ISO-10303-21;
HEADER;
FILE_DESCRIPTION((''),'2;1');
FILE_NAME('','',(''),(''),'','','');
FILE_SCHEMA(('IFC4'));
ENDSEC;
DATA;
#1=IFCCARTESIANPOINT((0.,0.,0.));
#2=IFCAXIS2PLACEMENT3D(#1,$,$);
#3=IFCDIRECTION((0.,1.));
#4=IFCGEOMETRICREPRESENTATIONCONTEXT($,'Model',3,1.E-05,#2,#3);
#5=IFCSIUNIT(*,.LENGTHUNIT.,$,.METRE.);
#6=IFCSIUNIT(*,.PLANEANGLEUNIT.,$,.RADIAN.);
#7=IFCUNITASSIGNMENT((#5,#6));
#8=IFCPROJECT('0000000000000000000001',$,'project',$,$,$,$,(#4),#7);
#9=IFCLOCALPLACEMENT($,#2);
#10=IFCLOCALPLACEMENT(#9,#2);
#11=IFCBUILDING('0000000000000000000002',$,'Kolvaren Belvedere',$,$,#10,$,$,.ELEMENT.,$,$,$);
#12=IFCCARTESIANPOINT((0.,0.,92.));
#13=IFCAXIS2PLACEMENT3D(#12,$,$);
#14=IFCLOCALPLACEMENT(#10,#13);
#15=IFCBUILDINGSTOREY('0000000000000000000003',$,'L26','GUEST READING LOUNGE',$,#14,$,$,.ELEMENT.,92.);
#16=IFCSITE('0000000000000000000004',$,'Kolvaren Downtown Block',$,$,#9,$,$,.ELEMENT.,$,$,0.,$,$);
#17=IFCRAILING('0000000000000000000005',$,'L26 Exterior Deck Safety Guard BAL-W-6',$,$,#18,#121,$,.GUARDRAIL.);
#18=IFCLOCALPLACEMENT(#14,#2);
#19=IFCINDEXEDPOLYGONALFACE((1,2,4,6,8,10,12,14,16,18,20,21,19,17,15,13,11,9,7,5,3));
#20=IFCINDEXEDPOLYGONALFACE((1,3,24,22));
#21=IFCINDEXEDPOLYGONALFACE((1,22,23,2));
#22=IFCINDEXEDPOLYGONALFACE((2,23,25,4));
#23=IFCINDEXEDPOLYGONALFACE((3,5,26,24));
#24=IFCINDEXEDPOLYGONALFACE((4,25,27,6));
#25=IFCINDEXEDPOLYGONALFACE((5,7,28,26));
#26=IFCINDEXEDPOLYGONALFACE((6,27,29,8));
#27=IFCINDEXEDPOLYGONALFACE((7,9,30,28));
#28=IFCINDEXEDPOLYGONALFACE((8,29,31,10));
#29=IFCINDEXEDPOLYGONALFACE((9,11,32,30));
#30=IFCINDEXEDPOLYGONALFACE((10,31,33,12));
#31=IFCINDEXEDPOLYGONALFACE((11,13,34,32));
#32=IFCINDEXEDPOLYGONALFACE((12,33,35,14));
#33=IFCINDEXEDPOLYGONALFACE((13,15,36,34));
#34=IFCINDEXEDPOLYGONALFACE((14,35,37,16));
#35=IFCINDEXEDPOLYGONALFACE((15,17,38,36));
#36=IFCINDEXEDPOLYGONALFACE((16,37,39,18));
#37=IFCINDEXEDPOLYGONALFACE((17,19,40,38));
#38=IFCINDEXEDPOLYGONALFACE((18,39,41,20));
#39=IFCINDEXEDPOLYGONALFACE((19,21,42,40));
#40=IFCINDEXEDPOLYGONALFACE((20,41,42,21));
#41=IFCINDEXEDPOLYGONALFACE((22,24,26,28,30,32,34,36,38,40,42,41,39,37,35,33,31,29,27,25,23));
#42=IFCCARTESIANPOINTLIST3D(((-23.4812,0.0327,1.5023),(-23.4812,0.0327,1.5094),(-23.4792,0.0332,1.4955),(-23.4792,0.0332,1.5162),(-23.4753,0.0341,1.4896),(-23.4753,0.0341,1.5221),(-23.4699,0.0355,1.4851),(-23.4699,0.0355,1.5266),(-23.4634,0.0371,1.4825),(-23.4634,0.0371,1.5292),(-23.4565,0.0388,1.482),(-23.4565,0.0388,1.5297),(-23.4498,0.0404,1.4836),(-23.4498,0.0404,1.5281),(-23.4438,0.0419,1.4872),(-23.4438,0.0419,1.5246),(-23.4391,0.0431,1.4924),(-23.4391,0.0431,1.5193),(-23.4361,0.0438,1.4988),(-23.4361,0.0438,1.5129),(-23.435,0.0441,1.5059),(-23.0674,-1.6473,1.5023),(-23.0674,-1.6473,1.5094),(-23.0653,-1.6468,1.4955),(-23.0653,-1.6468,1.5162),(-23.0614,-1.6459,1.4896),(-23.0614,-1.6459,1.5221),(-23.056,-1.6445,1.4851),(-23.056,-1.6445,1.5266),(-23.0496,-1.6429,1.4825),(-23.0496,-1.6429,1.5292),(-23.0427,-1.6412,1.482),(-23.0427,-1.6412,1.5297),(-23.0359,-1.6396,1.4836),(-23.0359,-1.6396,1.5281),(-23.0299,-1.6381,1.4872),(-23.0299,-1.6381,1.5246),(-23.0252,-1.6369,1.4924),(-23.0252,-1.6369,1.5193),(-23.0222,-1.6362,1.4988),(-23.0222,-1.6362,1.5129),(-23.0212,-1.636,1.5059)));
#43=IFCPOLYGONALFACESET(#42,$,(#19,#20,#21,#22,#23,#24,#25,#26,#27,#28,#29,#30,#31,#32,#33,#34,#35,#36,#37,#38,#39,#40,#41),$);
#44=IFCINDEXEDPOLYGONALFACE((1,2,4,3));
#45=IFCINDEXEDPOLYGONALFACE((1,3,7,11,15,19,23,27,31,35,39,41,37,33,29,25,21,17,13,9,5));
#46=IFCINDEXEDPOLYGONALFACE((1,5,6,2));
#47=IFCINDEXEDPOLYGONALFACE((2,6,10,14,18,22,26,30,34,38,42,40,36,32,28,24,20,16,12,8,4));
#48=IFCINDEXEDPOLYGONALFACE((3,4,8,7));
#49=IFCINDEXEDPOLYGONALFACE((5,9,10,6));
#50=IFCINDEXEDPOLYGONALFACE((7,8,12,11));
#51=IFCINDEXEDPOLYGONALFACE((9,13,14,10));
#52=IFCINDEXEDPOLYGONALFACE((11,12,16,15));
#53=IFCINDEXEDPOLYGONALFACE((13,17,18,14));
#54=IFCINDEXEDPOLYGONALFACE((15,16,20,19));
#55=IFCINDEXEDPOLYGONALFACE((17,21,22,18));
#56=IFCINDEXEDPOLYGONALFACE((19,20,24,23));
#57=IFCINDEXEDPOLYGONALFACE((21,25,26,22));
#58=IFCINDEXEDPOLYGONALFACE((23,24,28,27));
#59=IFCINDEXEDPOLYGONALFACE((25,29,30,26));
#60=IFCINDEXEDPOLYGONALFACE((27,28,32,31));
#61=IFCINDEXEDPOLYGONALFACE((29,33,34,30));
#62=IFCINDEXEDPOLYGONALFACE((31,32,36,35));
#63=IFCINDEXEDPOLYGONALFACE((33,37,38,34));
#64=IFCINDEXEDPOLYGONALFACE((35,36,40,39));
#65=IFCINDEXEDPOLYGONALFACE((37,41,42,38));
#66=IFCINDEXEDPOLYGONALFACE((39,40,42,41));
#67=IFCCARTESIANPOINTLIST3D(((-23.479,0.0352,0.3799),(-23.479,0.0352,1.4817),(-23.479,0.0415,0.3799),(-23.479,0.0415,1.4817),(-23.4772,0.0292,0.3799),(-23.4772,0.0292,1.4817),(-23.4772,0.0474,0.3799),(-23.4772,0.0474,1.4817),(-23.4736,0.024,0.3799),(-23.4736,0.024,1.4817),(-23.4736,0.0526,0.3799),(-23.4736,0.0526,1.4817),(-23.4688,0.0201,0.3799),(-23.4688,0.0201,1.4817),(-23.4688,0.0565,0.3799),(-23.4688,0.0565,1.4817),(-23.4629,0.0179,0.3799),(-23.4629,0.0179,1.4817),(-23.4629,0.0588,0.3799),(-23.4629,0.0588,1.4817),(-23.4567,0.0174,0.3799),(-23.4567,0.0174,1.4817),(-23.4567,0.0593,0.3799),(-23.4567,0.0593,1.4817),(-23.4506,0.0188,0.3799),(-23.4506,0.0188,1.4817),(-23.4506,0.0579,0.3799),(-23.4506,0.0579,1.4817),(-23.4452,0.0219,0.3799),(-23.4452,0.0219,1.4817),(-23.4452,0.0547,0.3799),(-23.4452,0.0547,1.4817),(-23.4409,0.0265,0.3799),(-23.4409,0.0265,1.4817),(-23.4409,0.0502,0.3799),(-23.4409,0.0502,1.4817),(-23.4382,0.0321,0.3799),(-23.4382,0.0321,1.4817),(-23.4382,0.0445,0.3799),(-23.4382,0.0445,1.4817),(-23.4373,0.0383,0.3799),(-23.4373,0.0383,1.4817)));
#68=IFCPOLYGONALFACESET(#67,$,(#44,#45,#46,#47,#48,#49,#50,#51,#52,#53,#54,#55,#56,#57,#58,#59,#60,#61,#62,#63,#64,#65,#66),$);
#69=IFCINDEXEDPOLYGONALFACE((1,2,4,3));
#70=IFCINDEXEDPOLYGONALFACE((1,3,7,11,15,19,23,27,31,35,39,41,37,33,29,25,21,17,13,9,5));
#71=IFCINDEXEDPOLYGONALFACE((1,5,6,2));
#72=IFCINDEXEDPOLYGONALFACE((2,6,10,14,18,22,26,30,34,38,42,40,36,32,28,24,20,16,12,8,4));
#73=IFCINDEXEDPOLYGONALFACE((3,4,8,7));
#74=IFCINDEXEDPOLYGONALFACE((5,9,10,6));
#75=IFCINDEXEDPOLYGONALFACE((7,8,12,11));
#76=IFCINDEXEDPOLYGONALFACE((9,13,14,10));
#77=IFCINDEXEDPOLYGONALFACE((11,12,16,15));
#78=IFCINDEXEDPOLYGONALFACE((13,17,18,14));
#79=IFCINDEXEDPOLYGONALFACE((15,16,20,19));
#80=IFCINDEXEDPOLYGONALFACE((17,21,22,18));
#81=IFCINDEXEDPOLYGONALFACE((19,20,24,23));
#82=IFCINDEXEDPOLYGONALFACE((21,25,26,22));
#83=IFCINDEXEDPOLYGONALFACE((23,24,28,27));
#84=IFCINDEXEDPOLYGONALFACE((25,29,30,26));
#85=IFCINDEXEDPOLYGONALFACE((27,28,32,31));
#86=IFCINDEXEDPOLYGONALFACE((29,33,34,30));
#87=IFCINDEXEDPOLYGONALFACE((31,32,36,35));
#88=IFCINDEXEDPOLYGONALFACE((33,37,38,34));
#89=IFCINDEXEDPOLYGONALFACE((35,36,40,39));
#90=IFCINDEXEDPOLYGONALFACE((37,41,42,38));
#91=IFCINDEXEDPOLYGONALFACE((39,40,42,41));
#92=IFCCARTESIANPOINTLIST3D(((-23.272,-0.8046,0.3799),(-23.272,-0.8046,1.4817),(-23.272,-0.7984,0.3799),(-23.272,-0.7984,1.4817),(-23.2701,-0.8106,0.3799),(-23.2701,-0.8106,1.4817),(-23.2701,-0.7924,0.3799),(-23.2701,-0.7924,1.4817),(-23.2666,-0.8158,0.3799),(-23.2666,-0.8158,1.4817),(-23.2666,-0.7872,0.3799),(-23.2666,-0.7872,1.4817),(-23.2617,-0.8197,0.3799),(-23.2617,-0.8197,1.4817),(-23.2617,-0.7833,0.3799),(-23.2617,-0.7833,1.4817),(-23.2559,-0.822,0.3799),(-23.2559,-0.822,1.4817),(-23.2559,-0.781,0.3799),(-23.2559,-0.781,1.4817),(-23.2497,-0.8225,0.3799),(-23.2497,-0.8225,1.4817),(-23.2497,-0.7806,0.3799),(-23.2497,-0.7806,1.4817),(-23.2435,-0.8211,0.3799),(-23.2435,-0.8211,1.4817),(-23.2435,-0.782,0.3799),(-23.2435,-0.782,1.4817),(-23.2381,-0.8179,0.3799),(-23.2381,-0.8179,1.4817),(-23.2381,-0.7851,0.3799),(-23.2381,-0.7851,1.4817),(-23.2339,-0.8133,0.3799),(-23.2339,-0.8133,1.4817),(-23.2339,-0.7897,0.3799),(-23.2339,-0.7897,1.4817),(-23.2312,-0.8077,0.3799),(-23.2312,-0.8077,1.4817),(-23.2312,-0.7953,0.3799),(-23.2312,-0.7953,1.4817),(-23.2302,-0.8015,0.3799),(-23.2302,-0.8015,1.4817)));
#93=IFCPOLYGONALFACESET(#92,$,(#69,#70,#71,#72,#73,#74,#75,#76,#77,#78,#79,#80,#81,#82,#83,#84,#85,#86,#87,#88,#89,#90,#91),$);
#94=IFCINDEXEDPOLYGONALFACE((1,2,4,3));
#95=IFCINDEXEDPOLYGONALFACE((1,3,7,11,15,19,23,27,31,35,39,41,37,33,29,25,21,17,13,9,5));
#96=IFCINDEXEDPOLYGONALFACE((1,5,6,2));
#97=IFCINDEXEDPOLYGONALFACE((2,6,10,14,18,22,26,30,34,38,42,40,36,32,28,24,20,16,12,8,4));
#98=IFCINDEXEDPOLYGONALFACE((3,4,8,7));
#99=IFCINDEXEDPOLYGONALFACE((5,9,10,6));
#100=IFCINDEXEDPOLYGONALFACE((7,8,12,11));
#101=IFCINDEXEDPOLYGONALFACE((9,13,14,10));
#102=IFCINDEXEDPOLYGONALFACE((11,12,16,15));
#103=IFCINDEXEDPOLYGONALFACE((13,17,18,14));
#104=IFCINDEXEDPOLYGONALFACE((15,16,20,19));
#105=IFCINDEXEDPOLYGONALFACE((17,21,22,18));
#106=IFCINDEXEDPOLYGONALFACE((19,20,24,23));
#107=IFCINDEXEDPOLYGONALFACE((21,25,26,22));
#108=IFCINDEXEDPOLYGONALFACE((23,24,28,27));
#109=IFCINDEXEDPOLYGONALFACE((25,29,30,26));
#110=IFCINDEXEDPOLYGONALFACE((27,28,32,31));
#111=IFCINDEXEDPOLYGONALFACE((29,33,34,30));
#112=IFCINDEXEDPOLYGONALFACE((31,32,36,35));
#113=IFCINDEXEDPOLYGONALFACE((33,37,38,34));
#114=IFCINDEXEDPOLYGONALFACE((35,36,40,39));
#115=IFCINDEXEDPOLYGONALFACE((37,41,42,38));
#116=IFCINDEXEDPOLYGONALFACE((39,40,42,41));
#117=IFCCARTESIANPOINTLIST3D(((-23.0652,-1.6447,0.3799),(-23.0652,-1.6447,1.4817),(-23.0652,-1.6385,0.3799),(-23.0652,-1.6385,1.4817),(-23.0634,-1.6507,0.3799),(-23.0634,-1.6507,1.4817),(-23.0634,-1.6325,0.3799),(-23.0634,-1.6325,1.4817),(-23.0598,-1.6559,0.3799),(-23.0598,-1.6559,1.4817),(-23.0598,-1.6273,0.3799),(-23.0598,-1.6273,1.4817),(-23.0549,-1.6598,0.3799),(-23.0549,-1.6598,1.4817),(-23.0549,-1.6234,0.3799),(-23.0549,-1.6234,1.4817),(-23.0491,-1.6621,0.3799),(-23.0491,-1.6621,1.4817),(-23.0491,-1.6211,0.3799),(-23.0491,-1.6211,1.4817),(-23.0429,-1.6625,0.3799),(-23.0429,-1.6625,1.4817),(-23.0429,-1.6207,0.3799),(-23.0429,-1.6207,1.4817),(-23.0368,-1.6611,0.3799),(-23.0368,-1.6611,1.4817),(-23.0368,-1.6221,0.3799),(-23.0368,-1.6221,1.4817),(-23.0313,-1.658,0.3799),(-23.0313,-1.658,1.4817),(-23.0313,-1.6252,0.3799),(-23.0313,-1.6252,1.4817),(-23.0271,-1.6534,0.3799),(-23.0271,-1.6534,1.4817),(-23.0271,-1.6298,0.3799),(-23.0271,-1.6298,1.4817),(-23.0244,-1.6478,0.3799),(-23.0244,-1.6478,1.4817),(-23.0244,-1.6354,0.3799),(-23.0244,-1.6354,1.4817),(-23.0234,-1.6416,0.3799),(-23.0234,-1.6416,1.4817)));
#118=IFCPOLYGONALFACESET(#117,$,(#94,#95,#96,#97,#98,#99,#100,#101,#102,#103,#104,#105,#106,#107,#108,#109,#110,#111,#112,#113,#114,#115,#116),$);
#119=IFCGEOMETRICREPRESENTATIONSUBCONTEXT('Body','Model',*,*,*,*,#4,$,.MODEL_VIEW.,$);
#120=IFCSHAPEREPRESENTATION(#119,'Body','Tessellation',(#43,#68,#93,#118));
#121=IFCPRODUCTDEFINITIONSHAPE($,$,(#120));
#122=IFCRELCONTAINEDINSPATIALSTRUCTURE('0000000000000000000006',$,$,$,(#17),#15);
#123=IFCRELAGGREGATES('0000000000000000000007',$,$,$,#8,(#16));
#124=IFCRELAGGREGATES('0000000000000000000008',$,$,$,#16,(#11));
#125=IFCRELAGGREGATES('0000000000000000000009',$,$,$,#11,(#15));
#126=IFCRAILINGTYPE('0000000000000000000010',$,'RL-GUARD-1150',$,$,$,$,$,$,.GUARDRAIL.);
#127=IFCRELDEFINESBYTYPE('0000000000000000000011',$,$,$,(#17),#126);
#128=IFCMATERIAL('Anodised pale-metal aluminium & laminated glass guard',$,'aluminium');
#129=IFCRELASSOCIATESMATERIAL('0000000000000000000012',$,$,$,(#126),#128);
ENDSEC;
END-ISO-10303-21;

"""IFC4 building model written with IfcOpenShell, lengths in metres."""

from ifc_helpers import new_model, si_unit, direction, frame, origin, origin_2d, place, context, subcontext, project, spatial, circle, extrude, material, type_object, element, save


model = new_model("IFC4")

# Units and contexts
model_context = context("Model", 3, precision=1e-05, world=origin(), true_north=direction((0.0, 1.0)))
body_context = subcontext(model_context, "Body", "Model", "MODEL_VIEW")
ifc_project = project(units=[si_unit("LENGTHUNIT", "METRE"), si_unit("PLANEANGLEUNIT", "RADIAN")], contexts=[model_context])

# Site, building, storey
site_placement = place(None, origin())
site = spatial("IfcSite", under=ifc_project, at=site_placement, Name="Kolvaren Downtown Block", CompositionType="ELEMENT", RefElevation=0.0)
building_placement = place(site_placement, origin())
building = spatial("IfcBuilding", under=site, at=building_placement, Name="Kolvaren Belvedere", CompositionType="ELEMENT")
storey_placement = place(building_placement, frame((0.0, 0.0, 92.0)))
storey = spatial("IfcBuildingStorey", under=building, at=storey_placement, Name="L26", Description="GUEST READING LOUNGE", CompositionType="ELEMENT", Elevation=92.0)

# Railing
ifc_material_1 = material(Name="Anodised pale-metal aluminium & laminated glass guard", Category="aluminium")
railing_type = type_object("IfcRailingType", Name="RL-GUARD-1150", PredefinedType="GUARDRAIL", material=ifc_material_1)
railing_1_placement = place(storey_placement, frame((-23.4583, 0.0383, 0.3799)))
element("IfcRailing", 1, at=railing_1_placement, inside=storey, type_object=railing_type, Name="L26 Exterior Deck Safety Guard BAL-W-6", PredefinedType="GUARDRAIL", context=body_context, shape_type="SweptSolid", body=[
    extrude(circle(Radius=0.0239, at=origin_2d()), frame((0.0, 0.0, 1.126), z_axis=(0.239181, -0.970975, 0.0), x_axis=(0.970975, 0.239181, 0.0)), (0.0, 0.0, 1.0), 1.7302),
    extrude(circle(Radius=0.021, at=origin_2d()), origin(), (0.0, 0.0, 1.0), 1.1018),
    extrude(circle(Radius=0.021, at=origin_2d()), frame((0.207, -0.8398, 0.0)), (0.0, 0.0, 1.0), 1.1018),
    extrude(circle(Radius=0.021, at=origin_2d()), frame((0.4138, -1.6799, 0.0)), (0.0, 0.0, 1.0), 1.1018),
])

save(model, "model.ifc")
